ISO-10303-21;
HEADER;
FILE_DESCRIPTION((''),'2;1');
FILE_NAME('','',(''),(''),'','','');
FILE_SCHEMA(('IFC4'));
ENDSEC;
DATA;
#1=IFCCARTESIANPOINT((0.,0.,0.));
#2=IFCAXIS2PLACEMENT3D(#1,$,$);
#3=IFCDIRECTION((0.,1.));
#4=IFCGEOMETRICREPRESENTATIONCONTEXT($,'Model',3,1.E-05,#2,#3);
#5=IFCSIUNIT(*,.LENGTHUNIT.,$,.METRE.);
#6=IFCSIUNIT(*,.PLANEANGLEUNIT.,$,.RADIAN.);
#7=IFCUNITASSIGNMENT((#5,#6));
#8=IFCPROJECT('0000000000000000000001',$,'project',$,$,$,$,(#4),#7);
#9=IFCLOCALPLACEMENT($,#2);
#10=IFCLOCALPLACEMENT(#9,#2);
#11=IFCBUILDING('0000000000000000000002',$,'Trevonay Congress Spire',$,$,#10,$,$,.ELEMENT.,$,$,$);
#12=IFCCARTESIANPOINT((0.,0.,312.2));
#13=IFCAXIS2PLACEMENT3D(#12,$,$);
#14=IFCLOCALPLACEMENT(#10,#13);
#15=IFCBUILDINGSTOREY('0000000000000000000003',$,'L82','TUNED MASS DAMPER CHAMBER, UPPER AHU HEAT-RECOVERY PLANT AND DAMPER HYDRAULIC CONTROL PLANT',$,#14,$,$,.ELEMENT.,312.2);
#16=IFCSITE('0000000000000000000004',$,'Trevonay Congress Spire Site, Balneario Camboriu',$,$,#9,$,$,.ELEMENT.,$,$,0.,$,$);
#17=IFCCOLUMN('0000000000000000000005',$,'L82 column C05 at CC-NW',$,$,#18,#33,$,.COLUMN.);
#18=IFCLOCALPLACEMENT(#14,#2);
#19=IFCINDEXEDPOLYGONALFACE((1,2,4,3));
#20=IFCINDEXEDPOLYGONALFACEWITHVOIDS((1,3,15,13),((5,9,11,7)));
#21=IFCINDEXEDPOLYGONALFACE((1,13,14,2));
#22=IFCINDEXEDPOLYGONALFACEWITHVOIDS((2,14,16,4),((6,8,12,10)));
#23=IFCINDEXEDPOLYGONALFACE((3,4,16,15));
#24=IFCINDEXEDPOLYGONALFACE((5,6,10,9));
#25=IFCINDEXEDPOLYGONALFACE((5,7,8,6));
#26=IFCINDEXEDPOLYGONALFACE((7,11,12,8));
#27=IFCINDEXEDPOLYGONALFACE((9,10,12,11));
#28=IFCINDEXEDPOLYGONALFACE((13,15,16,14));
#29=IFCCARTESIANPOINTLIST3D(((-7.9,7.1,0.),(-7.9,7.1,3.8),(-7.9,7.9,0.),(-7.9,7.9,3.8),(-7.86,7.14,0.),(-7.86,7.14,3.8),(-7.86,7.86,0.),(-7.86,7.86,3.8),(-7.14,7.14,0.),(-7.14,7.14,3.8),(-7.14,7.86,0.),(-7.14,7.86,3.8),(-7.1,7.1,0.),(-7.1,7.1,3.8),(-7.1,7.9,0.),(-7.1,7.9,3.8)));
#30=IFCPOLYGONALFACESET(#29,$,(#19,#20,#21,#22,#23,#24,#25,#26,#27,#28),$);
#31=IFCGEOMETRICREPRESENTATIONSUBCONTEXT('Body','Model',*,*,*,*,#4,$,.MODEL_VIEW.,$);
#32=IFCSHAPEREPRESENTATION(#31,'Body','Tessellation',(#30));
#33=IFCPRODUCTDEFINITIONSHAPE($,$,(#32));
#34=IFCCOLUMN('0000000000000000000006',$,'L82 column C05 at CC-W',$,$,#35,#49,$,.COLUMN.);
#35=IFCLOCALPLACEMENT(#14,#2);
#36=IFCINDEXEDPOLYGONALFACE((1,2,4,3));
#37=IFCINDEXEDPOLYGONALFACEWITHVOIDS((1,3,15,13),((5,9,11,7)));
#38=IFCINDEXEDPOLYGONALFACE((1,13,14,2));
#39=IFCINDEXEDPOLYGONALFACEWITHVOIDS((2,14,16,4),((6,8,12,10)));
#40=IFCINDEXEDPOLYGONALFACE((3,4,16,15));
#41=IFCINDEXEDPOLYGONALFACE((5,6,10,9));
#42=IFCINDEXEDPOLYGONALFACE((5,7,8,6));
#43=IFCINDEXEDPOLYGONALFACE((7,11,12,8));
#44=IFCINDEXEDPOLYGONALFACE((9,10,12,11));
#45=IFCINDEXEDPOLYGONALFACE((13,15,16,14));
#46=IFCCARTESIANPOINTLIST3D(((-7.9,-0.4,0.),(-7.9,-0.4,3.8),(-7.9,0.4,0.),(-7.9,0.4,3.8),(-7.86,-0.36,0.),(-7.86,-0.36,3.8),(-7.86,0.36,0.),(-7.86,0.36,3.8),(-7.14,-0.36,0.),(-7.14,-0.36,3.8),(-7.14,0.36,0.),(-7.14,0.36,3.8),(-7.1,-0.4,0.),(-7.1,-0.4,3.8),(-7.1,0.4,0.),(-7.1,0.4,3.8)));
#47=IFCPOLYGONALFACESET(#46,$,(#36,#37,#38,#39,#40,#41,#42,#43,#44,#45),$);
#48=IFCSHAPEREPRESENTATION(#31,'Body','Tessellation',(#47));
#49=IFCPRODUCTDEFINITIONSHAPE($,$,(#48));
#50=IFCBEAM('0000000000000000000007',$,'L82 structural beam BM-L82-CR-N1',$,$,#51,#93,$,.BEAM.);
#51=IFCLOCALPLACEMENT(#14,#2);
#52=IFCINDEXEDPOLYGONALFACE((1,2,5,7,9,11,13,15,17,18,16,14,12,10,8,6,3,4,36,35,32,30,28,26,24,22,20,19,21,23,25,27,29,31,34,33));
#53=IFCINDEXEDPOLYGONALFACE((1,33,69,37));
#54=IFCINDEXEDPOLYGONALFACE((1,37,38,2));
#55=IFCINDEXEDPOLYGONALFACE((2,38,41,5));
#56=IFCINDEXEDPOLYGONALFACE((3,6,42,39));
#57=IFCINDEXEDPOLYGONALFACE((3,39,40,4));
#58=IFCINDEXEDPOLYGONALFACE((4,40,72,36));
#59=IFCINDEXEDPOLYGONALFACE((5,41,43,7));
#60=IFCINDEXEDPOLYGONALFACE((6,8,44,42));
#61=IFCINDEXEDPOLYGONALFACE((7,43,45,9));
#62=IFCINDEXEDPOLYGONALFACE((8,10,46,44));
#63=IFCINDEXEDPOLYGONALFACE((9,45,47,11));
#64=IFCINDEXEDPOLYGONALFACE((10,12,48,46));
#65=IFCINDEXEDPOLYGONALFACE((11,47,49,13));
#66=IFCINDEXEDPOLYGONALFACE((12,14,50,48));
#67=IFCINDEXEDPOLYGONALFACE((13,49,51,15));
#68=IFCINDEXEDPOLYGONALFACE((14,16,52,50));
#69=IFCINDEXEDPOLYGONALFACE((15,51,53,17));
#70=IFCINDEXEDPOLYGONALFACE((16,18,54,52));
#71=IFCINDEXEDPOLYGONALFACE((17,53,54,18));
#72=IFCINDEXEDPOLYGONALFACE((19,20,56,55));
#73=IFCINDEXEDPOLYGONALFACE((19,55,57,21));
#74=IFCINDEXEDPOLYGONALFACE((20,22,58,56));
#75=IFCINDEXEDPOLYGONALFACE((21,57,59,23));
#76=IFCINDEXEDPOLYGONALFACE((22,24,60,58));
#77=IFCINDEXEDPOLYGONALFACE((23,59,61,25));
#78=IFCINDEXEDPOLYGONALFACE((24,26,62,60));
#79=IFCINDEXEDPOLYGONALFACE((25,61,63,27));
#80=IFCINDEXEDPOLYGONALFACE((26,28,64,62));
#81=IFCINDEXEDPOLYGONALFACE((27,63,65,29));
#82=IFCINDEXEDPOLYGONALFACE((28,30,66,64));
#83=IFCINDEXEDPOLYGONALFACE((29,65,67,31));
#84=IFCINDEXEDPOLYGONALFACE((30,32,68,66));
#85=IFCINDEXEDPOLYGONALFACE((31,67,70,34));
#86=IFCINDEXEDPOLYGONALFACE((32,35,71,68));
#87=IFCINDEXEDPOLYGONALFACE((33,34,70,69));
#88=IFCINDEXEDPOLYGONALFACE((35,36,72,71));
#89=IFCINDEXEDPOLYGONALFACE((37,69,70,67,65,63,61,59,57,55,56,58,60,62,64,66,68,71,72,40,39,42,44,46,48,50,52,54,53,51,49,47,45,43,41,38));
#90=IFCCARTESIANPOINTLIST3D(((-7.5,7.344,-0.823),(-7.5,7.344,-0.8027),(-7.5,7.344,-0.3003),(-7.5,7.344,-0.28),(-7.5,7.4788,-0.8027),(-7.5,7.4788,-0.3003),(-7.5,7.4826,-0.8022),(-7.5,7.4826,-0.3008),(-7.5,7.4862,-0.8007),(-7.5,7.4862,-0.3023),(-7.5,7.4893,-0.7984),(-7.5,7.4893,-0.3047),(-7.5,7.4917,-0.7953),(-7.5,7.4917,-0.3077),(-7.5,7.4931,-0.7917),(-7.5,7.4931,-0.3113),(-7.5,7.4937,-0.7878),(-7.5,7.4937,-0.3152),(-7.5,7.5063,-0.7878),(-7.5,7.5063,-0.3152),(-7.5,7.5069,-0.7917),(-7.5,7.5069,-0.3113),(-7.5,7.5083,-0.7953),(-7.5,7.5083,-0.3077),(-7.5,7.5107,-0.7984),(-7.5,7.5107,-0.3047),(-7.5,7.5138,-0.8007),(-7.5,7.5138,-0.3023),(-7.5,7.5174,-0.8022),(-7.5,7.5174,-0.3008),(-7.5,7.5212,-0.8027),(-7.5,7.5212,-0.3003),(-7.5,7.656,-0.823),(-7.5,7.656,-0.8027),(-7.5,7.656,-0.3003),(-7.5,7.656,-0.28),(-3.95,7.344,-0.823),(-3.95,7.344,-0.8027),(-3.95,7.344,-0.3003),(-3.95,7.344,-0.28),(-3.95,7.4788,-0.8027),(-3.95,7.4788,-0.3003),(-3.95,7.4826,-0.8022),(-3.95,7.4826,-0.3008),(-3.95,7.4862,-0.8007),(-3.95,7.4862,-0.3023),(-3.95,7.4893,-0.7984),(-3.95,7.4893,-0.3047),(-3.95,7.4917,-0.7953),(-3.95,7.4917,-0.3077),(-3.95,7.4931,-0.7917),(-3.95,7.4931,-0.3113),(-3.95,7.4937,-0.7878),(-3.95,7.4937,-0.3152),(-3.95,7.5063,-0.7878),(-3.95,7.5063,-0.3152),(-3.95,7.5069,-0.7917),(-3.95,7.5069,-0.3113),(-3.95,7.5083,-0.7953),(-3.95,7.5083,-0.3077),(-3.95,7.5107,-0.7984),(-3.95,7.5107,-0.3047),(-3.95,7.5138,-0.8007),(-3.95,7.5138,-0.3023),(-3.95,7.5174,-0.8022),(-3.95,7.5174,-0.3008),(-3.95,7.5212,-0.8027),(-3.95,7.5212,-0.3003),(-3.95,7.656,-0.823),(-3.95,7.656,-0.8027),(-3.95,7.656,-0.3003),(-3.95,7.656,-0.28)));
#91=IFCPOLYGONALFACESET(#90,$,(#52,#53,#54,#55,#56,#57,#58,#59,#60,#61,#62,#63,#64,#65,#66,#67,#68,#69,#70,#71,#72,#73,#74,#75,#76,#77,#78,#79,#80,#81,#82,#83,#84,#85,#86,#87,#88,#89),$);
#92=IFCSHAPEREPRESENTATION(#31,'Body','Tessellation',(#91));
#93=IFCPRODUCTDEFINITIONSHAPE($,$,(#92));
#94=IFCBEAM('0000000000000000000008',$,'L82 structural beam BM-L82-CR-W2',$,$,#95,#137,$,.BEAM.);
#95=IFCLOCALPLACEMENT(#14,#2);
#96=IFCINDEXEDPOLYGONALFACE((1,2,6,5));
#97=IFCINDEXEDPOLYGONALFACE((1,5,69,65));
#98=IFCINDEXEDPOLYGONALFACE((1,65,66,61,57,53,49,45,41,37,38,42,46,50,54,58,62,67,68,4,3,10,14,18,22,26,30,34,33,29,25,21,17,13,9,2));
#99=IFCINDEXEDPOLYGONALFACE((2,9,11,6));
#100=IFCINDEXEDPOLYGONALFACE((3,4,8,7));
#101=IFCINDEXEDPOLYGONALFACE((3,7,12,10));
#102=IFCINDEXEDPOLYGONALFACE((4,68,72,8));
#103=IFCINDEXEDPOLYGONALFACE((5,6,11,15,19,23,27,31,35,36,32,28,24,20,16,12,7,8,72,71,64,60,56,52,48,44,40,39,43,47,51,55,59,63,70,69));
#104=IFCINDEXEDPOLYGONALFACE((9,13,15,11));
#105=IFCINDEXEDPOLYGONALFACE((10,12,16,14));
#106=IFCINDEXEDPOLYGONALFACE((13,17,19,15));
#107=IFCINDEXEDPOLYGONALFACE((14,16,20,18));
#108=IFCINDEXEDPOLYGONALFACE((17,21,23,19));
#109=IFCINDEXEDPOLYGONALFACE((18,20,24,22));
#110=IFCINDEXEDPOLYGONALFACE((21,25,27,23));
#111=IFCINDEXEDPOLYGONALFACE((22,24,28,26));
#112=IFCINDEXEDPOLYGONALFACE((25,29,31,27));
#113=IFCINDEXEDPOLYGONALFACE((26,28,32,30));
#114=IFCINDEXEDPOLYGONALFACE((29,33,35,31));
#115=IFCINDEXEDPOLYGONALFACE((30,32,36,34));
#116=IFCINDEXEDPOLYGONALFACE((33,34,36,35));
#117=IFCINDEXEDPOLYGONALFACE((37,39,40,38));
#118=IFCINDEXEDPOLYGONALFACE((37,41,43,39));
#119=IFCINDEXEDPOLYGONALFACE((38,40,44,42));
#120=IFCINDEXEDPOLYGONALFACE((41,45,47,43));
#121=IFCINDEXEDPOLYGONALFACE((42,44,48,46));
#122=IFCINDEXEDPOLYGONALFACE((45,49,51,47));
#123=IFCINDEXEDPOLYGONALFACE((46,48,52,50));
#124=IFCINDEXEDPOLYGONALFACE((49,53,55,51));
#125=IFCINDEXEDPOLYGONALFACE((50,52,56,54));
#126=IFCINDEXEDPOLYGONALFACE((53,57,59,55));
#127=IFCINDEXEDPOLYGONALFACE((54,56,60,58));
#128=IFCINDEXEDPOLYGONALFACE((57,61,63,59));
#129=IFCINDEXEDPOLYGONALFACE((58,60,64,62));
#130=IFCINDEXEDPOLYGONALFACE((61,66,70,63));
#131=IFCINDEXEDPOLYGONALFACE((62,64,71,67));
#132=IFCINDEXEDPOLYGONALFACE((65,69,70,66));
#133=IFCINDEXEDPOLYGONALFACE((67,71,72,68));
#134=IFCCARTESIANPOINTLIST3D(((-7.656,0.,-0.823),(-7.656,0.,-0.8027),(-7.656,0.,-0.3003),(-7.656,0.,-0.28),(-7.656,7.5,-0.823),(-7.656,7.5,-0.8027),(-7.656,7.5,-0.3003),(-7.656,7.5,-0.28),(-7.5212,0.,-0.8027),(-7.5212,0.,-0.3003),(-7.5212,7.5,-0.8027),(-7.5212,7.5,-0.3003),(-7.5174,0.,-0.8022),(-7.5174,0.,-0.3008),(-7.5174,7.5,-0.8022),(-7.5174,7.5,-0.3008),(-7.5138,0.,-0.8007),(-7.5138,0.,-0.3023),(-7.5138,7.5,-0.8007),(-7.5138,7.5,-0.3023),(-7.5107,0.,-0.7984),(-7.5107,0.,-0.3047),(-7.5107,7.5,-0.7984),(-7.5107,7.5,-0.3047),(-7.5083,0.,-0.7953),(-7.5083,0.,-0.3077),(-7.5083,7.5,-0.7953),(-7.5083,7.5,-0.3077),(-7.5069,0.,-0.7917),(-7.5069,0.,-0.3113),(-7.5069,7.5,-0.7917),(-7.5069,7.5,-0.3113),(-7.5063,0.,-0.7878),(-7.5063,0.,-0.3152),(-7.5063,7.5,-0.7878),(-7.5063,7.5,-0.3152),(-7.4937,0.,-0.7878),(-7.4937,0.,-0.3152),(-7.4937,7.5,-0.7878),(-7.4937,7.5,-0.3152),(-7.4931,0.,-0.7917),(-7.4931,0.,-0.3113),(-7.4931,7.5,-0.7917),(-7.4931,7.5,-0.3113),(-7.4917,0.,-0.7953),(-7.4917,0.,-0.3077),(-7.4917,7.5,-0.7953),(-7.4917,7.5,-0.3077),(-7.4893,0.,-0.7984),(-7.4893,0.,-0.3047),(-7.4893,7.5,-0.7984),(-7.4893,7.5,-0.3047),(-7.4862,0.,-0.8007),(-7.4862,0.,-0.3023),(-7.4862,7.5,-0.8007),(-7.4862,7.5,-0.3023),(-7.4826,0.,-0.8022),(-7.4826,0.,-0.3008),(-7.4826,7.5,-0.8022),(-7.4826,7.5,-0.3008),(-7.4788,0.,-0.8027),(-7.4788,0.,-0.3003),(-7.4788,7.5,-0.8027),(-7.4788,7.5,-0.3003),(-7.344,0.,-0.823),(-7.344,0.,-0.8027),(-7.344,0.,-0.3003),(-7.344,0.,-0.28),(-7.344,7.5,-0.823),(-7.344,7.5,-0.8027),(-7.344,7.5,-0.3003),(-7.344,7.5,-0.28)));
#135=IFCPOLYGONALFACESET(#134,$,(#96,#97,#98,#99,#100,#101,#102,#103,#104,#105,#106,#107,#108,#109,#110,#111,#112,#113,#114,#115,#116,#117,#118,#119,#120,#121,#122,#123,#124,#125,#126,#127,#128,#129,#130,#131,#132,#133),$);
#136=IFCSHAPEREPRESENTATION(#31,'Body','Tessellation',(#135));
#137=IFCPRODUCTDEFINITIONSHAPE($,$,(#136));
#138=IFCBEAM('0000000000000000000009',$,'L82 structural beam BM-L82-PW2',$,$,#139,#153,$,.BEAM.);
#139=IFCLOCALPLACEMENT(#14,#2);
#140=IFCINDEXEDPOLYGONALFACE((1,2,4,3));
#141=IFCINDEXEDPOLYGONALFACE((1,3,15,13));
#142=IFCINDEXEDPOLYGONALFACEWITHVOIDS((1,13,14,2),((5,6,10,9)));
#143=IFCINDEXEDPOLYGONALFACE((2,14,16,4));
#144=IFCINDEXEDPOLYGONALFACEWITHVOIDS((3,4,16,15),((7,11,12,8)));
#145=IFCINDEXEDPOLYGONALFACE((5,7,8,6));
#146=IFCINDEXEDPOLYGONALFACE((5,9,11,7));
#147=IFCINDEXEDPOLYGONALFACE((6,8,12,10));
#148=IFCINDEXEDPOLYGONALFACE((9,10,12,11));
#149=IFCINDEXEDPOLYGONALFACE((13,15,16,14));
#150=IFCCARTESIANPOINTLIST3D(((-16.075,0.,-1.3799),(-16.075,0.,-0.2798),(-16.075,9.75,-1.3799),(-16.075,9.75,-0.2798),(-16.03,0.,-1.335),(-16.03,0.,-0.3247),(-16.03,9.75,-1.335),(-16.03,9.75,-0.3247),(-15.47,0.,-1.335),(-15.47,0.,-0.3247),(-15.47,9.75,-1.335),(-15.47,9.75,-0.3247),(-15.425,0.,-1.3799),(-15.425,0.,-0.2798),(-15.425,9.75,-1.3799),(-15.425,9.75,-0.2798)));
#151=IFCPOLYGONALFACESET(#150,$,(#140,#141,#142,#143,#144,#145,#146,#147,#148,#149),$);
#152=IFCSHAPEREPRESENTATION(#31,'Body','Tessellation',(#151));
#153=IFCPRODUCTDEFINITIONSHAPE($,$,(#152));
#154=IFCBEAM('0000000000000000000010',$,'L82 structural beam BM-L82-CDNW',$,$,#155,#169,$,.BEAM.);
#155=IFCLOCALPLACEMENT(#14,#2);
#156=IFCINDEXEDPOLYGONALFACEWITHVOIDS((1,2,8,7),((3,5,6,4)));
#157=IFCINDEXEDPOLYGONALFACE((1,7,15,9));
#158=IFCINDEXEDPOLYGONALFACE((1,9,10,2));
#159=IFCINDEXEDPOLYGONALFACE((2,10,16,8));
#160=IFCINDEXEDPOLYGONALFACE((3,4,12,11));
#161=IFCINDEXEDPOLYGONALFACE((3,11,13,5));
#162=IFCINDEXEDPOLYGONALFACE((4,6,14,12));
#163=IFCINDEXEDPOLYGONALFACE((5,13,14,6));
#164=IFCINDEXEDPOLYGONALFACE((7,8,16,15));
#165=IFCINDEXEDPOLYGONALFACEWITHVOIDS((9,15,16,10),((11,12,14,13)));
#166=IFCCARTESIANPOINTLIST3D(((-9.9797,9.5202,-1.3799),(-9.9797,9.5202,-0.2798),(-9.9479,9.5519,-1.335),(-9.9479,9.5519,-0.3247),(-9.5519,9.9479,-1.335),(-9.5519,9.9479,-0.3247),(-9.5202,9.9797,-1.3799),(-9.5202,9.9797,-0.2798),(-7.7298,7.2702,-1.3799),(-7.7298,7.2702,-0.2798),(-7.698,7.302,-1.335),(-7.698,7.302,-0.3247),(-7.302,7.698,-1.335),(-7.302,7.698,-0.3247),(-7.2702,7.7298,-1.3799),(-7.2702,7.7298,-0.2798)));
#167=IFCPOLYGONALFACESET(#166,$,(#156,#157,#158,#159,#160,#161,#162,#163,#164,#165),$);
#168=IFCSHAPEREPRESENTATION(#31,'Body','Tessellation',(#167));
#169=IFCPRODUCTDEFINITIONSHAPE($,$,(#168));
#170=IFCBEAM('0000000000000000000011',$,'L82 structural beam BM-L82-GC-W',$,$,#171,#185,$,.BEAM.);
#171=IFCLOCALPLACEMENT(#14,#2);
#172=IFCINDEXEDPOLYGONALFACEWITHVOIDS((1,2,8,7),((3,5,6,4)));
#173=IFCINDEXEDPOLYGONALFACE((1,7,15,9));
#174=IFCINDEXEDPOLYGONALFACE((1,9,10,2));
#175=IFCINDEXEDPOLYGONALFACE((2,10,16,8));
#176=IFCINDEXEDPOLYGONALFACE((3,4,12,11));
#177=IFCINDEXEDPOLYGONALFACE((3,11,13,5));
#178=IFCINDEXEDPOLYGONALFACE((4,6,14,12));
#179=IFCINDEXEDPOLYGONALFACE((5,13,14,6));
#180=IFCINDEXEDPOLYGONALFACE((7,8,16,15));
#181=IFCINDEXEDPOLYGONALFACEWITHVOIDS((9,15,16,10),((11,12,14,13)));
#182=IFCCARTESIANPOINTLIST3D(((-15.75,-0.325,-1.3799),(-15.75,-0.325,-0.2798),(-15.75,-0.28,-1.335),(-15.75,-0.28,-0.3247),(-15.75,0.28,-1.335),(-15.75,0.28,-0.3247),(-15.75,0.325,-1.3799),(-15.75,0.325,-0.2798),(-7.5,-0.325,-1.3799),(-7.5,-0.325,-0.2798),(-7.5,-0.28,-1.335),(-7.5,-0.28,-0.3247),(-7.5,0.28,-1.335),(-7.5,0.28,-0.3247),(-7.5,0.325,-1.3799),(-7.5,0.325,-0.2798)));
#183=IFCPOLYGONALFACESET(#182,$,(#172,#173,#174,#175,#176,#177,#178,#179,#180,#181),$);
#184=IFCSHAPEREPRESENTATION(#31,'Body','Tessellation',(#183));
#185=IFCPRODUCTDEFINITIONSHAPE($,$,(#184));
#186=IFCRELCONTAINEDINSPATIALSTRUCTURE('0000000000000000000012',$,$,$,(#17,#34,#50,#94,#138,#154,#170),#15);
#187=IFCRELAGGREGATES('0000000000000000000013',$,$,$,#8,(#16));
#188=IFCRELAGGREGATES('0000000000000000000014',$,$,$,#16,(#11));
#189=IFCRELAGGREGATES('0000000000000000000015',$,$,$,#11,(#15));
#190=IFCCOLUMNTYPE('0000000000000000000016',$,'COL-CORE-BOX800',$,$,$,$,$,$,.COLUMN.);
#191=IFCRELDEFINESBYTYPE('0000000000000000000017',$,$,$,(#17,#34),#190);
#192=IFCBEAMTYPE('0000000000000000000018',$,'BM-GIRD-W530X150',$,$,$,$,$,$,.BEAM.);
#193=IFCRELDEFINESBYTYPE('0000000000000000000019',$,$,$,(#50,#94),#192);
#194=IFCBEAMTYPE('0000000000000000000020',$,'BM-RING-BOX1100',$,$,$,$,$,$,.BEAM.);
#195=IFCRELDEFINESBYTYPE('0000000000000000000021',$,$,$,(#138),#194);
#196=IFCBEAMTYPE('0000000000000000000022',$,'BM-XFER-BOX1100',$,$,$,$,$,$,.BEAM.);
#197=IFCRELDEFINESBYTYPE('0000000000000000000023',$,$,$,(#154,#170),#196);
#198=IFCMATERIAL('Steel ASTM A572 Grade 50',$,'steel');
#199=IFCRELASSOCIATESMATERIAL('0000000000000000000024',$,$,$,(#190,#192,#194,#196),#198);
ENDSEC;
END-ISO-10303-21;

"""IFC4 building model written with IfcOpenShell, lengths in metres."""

from ifc_helpers import new_model, si_unit, direction, frame, origin, origin_2d, place, context, subcontext, project, spatial, hollow_rectangle, i_section, extrude, material, material_profile, profile_set, type_object, element, save


model = new_model("IFC4")

# Units and contexts
model_context = context("Model", 3, precision=1e-05, world=origin(), true_north=direction((0.0, 1.0)))
body_context = subcontext(model_context, "Body", "Model", "MODEL_VIEW")
ifc_project = project(units=[si_unit("LENGTHUNIT", "METRE"), si_unit("PLANEANGLEUNIT", "RADIAN")], contexts=[model_context])

# Site, building, storey
site_placement = place(None, origin())
site = spatial("IfcSite", under=ifc_project, at=site_placement, Name="Trevonay Congress Spire Site, Balneario Camboriu", CompositionType="ELEMENT", RefElevation=0.0)
building_placement = place(site_placement, origin())
building = spatial("IfcBuilding", under=site, at=building_placement, Name="Trevonay Congress Spire", CompositionType="ELEMENT")
storey_placement = place(building_placement, frame((0.0, 0.0, 312.2)))
storey = spatial("IfcBuildingStorey", under=building, at=storey_placement, Name="L82", Description="TUNED MASS DAMPER CHAMBER, UPPER AHU HEAT-RECOVERY PLANT AND DAMPER HYDRAULIC CONTROL PLANT", CompositionType="ELEMENT", Elevation=312.2)

# Columns
ifc_material_1 = material(Name="Steel ASTM A572 Grade 50", Category="steel")
ifc_material_profile_1 = material_profile(ifc_material_1, hollow_rectangle(XDim=0.8, YDim=0.8, WallThickness=0.04, at=origin_2d()), Name="BOX 800x800x40")
ifc_profile_set_1 = profile_set([ifc_material_profile_1], Name="Steel ASTM A572 Grade 50")
column_type = type_object("IfcColumnType", Name="COL-CORE-BOX800", PredefinedType="COLUMN", material=ifc_profile_set_1)
for number, where, z_axis, x_axis, name in (
    (1, (-7.5, 7.5, 0.0), (0.0, 0.0, 1.0), (1.0, 0.0, 0.0), "L82 column C05 at CC-NW"),
    (2, (-7.5, 0.0, 0.0), (0.0, 0.0, 1.0), (1.0, 0.0, 0.0), "L82 column C05 at CC-W"),
):
    element("IfcColumn", number, at=place(storey_placement, frame(where, z_axis=z_axis, x_axis=x_axis)), inside=storey, type_object=column_type, Name=name, PredefinedType="COLUMN", context=body_context, shape_type="SweptSolid", body=[
        extrude(hollow_rectangle(XDim=0.8, YDim=0.8, WallThickness=0.04, at=origin_2d()), origin(), (0.0, 0.0, 1.0), 3.8),
    ])

# Beams
ifc_material_profile_2 = material_profile(ifc_material_1, i_section(OverallWidth=0.312, OverallDepth=0.543, WebThickness=0.0127, FlangeThickness=0.0203, FilletRadius=0.0149, at=origin_2d()), Name="W530x150")
ifc_profile_set_2 = profile_set([ifc_material_profile_2], Name="Steel ASTM A572 Grade 50")
beam_type_1 = type_object("IfcBeamType", Name="BM-GIRD-W530X150", PredefinedType="BEAM", material=ifc_profile_set_2)
beam_1_placement = place(storey_placement, frame((-7.5, 7.5, -0.5515), z_axis=(1.0, 0.0, 0.0), x_axis=(0.0, 1.0, 0.0)))
element("IfcBeam", 3, at=beam_1_placement, inside=storey, type_object=beam_type_1, Name="L82 structural beam BM-L82-CR-N1", PredefinedType="BEAM", context=body_context, shape_type="SweptSolid", body=[
    extrude(i_section(OverallWidth=0.312, OverallDepth=0.543, WebThickness=0.0127, FlangeThickness=0.0203, FilletRadius=0.0149, at=origin_2d()), origin(), (0.0, 0.0, 1.0), 3.55),
])
beam_2_placement = place(storey_placement, frame((-7.5, 0.0, -0.5515), z_axis=(0.0, 1.0, 0.0), x_axis=(-1.0, 0.0, 0.0)))
element("IfcBeam", 4, at=beam_2_placement, inside=storey, type_object=beam_type_1, Name="L82 structural beam BM-L82-CR-W2", PredefinedType="BEAM", context=body_context, shape_type="SweptSolid", body=[
    extrude(i_section(OverallWidth=0.312, OverallDepth=0.543, WebThickness=0.0127, FlangeThickness=0.0203, FilletRadius=0.0149, at=origin_2d()), origin(), (0.0, 0.0, 1.0), 7.5),
])
ifc_material_profile_3 = material_profile(ifc_material_1, hollow_rectangle(XDim=0.6499, YDim=1.1001, WallThickness=0.0449, at=origin_2d()), Name="BOX 1100x650x45")
ifc_profile_set_3 = profile_set([ifc_material_profile_3], Name="Steel ASTM A572 Grade 50")
beam_type_2 = type_object("IfcBeamType", Name="BM-RING-BOX1100", PredefinedType="BEAM", material=ifc_profile_set_3)
beam_3_placement = place(storey_placement, frame((-15.75, 0.0, -0.8298), z_axis=(0.0, 1.0, 0.0), x_axis=(-1.0, 0.0, 0.0)))
element("IfcBeam", 5, at=beam_3_placement, inside=storey, type_object=beam_type_2, Name="L82 structural beam BM-L82-PW2", PredefinedType="BEAM", context=body_context, shape_type="SweptSolid", body=[
    extrude(hollow_rectangle(XDim=0.6499, YDim=1.1001, WallThickness=0.0449, at=origin_2d()), origin(), (0.0, 0.0, 1.0), 9.75),
])
ifc_material_profile_4 = material_profile(ifc_material_1, hollow_rectangle(XDim=0.6499, YDim=1.1001, WallThickness=0.0449, at=origin_2d()), Name="BOX 1100x650x45")
ifc_profile_set_4 = profile_set([ifc_material_profile_4], Name="Steel ASTM A572 Grade 50")
beam_type_3 = type_object("IfcBeamType", Name="BM-XFER-BOX1100", PredefinedType="BEAM", material=ifc_profile_set_4)
beam_4_placement = place(storey_placement, frame((-7.5, 7.5, -0.8298), z_axis=(-0.707107, 0.707107, 0.0), x_axis=(-0.707107, -0.707107, 0.0)))
element("IfcBeam", 6, at=beam_4_placement, inside=storey, type_object=beam_type_3, Name="L82 structural beam BM-L82-CDNW", PredefinedType="BEAM", context=body_context, shape_type="SweptSolid", body=[
    extrude(hollow_rectangle(XDim=0.6499, YDim=1.1001, WallThickness=0.0449, at=origin_2d()), origin(), (0.0, 0.0, 1.0), 3.1819),
])
beam_5_placement = place(storey_placement, frame((-7.5, 0.0, -0.8298), z_axis=(-1.0, 0.0, 0.0), x_axis=(0.0, -1.0, 0.0)))
element("IfcBeam", 7, at=beam_5_placement, inside=storey, type_object=beam_type_3, Name="L82 structural beam BM-L82-GC-W", PredefinedType="BEAM", context=body_context, shape_type="SweptSolid", body=[
    extrude(hollow_rectangle(XDim=0.6499, YDim=1.1001, WallThickness=0.0449, at=origin_2d()), origin(), (0.0, 0.0, 1.0), 8.25),
])

save(model, "model.ifc")
